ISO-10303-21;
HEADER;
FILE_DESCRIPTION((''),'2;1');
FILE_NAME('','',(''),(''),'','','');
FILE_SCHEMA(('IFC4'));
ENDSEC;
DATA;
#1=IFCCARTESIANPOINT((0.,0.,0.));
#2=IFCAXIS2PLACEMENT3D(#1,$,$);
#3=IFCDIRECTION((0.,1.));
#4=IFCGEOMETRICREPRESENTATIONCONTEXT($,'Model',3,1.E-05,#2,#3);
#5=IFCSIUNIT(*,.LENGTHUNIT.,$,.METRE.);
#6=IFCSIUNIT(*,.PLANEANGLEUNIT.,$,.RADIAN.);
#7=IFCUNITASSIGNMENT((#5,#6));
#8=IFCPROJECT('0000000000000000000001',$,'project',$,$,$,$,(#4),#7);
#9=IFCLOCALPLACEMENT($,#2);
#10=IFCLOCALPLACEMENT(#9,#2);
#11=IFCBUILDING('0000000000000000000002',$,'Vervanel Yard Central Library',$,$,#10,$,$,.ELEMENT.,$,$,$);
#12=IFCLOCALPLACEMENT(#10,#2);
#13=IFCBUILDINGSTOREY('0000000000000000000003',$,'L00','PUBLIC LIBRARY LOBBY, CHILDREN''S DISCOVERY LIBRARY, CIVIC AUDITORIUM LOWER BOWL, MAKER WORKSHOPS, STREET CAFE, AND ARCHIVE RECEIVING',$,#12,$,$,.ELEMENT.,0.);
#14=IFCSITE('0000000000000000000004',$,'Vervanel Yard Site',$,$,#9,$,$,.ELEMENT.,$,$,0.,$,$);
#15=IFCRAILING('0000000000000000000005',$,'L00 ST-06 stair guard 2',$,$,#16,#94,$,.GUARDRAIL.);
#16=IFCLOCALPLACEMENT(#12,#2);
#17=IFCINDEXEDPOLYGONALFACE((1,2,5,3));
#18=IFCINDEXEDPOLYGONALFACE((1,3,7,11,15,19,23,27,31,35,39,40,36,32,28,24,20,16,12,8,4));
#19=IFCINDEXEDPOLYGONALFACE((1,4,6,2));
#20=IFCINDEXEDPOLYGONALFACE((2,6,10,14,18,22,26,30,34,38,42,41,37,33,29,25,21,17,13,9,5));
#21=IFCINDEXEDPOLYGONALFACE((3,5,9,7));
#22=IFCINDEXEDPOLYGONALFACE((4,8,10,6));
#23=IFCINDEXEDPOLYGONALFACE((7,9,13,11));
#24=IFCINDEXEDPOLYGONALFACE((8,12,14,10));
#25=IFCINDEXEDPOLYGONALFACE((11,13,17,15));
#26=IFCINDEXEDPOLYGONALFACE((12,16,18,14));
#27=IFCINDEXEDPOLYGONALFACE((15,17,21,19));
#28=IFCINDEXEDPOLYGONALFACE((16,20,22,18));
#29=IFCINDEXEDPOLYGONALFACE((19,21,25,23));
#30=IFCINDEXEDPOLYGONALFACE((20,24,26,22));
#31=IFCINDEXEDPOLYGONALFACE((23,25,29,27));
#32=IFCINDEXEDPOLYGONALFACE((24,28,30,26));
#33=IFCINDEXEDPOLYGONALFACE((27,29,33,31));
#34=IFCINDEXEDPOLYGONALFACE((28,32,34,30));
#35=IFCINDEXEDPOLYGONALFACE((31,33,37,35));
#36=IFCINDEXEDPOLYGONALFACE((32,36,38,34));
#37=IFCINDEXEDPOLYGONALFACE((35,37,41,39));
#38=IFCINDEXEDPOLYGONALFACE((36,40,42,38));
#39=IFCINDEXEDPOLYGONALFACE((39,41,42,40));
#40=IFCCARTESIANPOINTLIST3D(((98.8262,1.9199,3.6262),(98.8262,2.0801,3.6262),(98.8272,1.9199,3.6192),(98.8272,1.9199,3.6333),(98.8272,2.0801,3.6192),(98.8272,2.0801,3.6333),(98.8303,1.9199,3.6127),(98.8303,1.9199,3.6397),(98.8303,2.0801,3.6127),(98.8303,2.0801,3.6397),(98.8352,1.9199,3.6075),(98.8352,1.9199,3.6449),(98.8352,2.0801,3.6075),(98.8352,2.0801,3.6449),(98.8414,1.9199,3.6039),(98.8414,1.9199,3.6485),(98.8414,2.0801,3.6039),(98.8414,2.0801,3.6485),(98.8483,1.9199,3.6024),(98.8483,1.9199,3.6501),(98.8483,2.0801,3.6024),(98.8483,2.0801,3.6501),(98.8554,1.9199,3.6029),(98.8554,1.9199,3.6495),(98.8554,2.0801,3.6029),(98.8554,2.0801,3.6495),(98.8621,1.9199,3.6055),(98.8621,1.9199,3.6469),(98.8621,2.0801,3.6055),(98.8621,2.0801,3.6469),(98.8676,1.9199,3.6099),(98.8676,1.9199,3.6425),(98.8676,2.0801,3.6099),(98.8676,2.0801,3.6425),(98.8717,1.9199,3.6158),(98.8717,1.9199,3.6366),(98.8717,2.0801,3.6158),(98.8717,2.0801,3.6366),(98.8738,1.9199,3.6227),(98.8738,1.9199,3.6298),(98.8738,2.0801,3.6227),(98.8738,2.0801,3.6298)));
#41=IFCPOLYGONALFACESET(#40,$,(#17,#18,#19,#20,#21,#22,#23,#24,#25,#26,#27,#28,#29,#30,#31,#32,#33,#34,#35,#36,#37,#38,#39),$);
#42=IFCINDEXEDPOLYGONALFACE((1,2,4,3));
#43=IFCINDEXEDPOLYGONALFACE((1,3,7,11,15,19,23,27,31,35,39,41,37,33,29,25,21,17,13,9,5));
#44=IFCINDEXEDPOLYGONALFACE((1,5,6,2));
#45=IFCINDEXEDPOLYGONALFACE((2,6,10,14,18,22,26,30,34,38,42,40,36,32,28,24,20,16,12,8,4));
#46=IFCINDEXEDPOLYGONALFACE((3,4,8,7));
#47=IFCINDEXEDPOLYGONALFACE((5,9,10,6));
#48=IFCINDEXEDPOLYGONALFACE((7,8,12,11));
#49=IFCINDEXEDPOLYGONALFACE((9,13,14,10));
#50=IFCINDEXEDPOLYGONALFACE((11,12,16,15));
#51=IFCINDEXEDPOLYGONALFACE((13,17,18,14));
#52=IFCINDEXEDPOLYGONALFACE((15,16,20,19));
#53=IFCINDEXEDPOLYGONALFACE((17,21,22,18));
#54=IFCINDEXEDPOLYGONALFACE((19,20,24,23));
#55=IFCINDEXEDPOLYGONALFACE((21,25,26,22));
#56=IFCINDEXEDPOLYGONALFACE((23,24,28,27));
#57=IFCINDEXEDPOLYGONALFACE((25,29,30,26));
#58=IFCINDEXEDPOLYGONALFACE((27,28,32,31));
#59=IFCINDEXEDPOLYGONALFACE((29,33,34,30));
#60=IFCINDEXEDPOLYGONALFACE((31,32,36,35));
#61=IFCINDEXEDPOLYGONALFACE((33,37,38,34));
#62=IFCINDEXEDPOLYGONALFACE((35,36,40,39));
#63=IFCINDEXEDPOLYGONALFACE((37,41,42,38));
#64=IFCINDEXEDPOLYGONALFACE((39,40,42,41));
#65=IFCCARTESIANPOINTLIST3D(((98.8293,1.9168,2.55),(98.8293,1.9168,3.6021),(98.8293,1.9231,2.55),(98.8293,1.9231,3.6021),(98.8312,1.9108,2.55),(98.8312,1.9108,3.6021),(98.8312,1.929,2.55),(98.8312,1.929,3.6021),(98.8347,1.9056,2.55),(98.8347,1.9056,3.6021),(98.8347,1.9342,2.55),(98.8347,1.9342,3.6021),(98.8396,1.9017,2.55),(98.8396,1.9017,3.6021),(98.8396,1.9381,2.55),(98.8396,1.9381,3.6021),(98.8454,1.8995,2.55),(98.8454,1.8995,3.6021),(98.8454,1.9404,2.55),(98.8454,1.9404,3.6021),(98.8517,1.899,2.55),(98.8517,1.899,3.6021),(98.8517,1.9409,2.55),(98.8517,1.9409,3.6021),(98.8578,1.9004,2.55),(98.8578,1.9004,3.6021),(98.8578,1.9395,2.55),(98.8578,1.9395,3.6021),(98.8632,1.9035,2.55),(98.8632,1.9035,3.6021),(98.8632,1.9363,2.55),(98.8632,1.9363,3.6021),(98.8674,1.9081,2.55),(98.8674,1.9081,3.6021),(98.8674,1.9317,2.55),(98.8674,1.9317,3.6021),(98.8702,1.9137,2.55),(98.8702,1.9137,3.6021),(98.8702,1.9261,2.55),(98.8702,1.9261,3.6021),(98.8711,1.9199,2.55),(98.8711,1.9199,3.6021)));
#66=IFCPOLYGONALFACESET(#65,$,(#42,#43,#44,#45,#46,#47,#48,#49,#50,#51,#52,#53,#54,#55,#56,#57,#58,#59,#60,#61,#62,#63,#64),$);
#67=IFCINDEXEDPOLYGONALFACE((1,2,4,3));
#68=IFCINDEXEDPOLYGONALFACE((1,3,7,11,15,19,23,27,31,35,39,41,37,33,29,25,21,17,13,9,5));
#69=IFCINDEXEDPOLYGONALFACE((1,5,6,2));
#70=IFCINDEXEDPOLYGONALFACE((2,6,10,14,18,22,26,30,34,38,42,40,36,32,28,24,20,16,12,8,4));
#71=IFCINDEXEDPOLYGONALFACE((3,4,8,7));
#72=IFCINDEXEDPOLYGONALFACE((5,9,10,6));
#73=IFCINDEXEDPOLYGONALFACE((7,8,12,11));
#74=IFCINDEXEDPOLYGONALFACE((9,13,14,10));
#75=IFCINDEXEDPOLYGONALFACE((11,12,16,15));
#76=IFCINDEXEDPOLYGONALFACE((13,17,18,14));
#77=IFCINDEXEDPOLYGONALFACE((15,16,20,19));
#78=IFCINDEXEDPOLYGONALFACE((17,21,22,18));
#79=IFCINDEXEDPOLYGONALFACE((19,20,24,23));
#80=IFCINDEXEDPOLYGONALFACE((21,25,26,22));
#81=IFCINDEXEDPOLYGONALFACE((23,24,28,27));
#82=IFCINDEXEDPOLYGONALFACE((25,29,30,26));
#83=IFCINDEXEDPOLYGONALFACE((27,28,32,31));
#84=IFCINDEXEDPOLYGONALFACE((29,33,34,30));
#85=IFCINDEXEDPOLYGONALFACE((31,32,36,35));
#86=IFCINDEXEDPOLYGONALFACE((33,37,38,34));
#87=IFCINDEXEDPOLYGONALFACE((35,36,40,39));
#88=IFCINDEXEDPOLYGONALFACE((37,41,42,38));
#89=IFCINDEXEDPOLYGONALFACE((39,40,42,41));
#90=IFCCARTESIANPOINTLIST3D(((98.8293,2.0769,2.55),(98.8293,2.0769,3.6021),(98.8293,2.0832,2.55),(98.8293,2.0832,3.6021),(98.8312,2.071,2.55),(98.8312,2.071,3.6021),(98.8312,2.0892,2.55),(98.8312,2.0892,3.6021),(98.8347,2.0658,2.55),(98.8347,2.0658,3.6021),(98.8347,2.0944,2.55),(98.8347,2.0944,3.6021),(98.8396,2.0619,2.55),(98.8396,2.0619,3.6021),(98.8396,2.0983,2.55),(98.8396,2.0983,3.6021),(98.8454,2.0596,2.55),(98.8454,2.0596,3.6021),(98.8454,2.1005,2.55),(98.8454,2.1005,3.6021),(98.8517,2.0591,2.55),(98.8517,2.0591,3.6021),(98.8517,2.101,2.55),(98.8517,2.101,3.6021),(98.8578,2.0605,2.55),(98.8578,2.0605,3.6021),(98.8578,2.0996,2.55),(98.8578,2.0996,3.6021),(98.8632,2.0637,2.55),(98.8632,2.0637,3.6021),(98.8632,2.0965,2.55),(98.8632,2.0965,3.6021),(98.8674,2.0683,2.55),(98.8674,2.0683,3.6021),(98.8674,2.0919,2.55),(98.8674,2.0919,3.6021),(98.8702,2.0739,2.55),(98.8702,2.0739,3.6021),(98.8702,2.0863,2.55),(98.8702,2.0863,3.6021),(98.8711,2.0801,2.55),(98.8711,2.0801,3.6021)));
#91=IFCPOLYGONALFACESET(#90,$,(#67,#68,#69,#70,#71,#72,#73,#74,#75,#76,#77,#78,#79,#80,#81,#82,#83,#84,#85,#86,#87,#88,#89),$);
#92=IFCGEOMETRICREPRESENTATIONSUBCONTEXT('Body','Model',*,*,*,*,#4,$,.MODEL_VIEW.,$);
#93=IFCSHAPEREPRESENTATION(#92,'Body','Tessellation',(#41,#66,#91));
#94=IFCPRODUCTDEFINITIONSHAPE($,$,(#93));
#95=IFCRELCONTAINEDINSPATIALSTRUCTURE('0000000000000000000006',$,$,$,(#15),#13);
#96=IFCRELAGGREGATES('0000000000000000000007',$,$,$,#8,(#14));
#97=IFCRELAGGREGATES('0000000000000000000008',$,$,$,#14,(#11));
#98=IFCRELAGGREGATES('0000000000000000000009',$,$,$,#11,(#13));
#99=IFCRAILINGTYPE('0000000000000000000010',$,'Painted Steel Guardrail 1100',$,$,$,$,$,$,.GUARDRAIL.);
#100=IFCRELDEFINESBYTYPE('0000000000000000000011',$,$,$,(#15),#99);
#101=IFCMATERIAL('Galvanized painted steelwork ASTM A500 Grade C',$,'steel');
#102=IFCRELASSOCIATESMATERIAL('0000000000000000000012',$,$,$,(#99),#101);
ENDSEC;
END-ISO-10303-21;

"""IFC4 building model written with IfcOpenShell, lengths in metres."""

from ifc_helpers import new_model, si_unit, direction, frame, origin, origin_2d, place, context, subcontext, project, spatial, circle, extrude, material, type_object, element, save


model = new_model("IFC4")

# Units and contexts
model_context = context("Model", 3, precision=1e-05, world=origin(), true_north=direction((0.0, 1.0)))
body_context = subcontext(model_context, "Body", "Model", "MODEL_VIEW")
ifc_project = project(units=[si_unit("LENGTHUNIT", "METRE"), si_unit("PLANEANGLEUNIT", "RADIAN")], contexts=[model_context])

# Site, building, storey
site_placement = place(None, origin())
site = spatial("IfcSite", under=ifc_project, at=site_placement, Name="Vervanel Yard Site", CompositionType="ELEMENT", RefElevation=0.0)
building_placement = place(site_placement, origin())
building = spatial("IfcBuilding", under=site, at=building_placement, Name="Vervanel Yard Central Library", CompositionType="ELEMENT")
storey_placement = place(building_placement, origin())
storey = spatial("IfcBuildingStorey", under=building, at=storey_placement, Name="L00", Description="PUBLIC LIBRARY LOBBY, CHILDREN'S DISCOVERY LIBRARY, CIVIC AUDITORIUM LOWER BOWL, MAKER WORKSHOPS, STREET CAFE, AND ARCHIVE RECEIVING", CompositionType="ELEMENT", Elevation=0.0)

# Shared definitions
ifc_material_1 = material(Name="Galvanized painted steelwork ASTM A500 Grade C", Category="steel")

# Railing
railing_type_1 = type_object("IfcRailingType", Name="Painted Steel Guardrail 1100", PredefinedType="GUARDRAIL", material=ifc_material_1)
railing_1_placement = place(storey_placement, frame((98.8501, 1.9199, 2.55)))
element("IfcRailing", 1, at=railing_1_placement, inside=storey, type_object=railing_type_1, Name="L00 ST-06 stair guard 2", PredefinedType="GUARDRAIL", context=body_context, shape_type="SweptSolid", body=[
    extrude(circle(Radius=0.0239, at=origin_2d()), frame((0.0, 0.0, 1.0762), z_axis=(0.0, 1.0, 0.0), x_axis=(-1.0, 0.0, 0.0)), (0.0, 0.0, 1.0), 0.1602),
    extrude(circle(Radius=0.021, at=origin_2d()), origin(), (0.0, 0.0, 1.0), 1.052),
    extrude(circle(Radius=0.021, at=origin_2d()), frame((0.0, 0.1602, 0.0)), (0.0, 0.0, 1.0), 1.052),
])

save(model, "model.ifc")
